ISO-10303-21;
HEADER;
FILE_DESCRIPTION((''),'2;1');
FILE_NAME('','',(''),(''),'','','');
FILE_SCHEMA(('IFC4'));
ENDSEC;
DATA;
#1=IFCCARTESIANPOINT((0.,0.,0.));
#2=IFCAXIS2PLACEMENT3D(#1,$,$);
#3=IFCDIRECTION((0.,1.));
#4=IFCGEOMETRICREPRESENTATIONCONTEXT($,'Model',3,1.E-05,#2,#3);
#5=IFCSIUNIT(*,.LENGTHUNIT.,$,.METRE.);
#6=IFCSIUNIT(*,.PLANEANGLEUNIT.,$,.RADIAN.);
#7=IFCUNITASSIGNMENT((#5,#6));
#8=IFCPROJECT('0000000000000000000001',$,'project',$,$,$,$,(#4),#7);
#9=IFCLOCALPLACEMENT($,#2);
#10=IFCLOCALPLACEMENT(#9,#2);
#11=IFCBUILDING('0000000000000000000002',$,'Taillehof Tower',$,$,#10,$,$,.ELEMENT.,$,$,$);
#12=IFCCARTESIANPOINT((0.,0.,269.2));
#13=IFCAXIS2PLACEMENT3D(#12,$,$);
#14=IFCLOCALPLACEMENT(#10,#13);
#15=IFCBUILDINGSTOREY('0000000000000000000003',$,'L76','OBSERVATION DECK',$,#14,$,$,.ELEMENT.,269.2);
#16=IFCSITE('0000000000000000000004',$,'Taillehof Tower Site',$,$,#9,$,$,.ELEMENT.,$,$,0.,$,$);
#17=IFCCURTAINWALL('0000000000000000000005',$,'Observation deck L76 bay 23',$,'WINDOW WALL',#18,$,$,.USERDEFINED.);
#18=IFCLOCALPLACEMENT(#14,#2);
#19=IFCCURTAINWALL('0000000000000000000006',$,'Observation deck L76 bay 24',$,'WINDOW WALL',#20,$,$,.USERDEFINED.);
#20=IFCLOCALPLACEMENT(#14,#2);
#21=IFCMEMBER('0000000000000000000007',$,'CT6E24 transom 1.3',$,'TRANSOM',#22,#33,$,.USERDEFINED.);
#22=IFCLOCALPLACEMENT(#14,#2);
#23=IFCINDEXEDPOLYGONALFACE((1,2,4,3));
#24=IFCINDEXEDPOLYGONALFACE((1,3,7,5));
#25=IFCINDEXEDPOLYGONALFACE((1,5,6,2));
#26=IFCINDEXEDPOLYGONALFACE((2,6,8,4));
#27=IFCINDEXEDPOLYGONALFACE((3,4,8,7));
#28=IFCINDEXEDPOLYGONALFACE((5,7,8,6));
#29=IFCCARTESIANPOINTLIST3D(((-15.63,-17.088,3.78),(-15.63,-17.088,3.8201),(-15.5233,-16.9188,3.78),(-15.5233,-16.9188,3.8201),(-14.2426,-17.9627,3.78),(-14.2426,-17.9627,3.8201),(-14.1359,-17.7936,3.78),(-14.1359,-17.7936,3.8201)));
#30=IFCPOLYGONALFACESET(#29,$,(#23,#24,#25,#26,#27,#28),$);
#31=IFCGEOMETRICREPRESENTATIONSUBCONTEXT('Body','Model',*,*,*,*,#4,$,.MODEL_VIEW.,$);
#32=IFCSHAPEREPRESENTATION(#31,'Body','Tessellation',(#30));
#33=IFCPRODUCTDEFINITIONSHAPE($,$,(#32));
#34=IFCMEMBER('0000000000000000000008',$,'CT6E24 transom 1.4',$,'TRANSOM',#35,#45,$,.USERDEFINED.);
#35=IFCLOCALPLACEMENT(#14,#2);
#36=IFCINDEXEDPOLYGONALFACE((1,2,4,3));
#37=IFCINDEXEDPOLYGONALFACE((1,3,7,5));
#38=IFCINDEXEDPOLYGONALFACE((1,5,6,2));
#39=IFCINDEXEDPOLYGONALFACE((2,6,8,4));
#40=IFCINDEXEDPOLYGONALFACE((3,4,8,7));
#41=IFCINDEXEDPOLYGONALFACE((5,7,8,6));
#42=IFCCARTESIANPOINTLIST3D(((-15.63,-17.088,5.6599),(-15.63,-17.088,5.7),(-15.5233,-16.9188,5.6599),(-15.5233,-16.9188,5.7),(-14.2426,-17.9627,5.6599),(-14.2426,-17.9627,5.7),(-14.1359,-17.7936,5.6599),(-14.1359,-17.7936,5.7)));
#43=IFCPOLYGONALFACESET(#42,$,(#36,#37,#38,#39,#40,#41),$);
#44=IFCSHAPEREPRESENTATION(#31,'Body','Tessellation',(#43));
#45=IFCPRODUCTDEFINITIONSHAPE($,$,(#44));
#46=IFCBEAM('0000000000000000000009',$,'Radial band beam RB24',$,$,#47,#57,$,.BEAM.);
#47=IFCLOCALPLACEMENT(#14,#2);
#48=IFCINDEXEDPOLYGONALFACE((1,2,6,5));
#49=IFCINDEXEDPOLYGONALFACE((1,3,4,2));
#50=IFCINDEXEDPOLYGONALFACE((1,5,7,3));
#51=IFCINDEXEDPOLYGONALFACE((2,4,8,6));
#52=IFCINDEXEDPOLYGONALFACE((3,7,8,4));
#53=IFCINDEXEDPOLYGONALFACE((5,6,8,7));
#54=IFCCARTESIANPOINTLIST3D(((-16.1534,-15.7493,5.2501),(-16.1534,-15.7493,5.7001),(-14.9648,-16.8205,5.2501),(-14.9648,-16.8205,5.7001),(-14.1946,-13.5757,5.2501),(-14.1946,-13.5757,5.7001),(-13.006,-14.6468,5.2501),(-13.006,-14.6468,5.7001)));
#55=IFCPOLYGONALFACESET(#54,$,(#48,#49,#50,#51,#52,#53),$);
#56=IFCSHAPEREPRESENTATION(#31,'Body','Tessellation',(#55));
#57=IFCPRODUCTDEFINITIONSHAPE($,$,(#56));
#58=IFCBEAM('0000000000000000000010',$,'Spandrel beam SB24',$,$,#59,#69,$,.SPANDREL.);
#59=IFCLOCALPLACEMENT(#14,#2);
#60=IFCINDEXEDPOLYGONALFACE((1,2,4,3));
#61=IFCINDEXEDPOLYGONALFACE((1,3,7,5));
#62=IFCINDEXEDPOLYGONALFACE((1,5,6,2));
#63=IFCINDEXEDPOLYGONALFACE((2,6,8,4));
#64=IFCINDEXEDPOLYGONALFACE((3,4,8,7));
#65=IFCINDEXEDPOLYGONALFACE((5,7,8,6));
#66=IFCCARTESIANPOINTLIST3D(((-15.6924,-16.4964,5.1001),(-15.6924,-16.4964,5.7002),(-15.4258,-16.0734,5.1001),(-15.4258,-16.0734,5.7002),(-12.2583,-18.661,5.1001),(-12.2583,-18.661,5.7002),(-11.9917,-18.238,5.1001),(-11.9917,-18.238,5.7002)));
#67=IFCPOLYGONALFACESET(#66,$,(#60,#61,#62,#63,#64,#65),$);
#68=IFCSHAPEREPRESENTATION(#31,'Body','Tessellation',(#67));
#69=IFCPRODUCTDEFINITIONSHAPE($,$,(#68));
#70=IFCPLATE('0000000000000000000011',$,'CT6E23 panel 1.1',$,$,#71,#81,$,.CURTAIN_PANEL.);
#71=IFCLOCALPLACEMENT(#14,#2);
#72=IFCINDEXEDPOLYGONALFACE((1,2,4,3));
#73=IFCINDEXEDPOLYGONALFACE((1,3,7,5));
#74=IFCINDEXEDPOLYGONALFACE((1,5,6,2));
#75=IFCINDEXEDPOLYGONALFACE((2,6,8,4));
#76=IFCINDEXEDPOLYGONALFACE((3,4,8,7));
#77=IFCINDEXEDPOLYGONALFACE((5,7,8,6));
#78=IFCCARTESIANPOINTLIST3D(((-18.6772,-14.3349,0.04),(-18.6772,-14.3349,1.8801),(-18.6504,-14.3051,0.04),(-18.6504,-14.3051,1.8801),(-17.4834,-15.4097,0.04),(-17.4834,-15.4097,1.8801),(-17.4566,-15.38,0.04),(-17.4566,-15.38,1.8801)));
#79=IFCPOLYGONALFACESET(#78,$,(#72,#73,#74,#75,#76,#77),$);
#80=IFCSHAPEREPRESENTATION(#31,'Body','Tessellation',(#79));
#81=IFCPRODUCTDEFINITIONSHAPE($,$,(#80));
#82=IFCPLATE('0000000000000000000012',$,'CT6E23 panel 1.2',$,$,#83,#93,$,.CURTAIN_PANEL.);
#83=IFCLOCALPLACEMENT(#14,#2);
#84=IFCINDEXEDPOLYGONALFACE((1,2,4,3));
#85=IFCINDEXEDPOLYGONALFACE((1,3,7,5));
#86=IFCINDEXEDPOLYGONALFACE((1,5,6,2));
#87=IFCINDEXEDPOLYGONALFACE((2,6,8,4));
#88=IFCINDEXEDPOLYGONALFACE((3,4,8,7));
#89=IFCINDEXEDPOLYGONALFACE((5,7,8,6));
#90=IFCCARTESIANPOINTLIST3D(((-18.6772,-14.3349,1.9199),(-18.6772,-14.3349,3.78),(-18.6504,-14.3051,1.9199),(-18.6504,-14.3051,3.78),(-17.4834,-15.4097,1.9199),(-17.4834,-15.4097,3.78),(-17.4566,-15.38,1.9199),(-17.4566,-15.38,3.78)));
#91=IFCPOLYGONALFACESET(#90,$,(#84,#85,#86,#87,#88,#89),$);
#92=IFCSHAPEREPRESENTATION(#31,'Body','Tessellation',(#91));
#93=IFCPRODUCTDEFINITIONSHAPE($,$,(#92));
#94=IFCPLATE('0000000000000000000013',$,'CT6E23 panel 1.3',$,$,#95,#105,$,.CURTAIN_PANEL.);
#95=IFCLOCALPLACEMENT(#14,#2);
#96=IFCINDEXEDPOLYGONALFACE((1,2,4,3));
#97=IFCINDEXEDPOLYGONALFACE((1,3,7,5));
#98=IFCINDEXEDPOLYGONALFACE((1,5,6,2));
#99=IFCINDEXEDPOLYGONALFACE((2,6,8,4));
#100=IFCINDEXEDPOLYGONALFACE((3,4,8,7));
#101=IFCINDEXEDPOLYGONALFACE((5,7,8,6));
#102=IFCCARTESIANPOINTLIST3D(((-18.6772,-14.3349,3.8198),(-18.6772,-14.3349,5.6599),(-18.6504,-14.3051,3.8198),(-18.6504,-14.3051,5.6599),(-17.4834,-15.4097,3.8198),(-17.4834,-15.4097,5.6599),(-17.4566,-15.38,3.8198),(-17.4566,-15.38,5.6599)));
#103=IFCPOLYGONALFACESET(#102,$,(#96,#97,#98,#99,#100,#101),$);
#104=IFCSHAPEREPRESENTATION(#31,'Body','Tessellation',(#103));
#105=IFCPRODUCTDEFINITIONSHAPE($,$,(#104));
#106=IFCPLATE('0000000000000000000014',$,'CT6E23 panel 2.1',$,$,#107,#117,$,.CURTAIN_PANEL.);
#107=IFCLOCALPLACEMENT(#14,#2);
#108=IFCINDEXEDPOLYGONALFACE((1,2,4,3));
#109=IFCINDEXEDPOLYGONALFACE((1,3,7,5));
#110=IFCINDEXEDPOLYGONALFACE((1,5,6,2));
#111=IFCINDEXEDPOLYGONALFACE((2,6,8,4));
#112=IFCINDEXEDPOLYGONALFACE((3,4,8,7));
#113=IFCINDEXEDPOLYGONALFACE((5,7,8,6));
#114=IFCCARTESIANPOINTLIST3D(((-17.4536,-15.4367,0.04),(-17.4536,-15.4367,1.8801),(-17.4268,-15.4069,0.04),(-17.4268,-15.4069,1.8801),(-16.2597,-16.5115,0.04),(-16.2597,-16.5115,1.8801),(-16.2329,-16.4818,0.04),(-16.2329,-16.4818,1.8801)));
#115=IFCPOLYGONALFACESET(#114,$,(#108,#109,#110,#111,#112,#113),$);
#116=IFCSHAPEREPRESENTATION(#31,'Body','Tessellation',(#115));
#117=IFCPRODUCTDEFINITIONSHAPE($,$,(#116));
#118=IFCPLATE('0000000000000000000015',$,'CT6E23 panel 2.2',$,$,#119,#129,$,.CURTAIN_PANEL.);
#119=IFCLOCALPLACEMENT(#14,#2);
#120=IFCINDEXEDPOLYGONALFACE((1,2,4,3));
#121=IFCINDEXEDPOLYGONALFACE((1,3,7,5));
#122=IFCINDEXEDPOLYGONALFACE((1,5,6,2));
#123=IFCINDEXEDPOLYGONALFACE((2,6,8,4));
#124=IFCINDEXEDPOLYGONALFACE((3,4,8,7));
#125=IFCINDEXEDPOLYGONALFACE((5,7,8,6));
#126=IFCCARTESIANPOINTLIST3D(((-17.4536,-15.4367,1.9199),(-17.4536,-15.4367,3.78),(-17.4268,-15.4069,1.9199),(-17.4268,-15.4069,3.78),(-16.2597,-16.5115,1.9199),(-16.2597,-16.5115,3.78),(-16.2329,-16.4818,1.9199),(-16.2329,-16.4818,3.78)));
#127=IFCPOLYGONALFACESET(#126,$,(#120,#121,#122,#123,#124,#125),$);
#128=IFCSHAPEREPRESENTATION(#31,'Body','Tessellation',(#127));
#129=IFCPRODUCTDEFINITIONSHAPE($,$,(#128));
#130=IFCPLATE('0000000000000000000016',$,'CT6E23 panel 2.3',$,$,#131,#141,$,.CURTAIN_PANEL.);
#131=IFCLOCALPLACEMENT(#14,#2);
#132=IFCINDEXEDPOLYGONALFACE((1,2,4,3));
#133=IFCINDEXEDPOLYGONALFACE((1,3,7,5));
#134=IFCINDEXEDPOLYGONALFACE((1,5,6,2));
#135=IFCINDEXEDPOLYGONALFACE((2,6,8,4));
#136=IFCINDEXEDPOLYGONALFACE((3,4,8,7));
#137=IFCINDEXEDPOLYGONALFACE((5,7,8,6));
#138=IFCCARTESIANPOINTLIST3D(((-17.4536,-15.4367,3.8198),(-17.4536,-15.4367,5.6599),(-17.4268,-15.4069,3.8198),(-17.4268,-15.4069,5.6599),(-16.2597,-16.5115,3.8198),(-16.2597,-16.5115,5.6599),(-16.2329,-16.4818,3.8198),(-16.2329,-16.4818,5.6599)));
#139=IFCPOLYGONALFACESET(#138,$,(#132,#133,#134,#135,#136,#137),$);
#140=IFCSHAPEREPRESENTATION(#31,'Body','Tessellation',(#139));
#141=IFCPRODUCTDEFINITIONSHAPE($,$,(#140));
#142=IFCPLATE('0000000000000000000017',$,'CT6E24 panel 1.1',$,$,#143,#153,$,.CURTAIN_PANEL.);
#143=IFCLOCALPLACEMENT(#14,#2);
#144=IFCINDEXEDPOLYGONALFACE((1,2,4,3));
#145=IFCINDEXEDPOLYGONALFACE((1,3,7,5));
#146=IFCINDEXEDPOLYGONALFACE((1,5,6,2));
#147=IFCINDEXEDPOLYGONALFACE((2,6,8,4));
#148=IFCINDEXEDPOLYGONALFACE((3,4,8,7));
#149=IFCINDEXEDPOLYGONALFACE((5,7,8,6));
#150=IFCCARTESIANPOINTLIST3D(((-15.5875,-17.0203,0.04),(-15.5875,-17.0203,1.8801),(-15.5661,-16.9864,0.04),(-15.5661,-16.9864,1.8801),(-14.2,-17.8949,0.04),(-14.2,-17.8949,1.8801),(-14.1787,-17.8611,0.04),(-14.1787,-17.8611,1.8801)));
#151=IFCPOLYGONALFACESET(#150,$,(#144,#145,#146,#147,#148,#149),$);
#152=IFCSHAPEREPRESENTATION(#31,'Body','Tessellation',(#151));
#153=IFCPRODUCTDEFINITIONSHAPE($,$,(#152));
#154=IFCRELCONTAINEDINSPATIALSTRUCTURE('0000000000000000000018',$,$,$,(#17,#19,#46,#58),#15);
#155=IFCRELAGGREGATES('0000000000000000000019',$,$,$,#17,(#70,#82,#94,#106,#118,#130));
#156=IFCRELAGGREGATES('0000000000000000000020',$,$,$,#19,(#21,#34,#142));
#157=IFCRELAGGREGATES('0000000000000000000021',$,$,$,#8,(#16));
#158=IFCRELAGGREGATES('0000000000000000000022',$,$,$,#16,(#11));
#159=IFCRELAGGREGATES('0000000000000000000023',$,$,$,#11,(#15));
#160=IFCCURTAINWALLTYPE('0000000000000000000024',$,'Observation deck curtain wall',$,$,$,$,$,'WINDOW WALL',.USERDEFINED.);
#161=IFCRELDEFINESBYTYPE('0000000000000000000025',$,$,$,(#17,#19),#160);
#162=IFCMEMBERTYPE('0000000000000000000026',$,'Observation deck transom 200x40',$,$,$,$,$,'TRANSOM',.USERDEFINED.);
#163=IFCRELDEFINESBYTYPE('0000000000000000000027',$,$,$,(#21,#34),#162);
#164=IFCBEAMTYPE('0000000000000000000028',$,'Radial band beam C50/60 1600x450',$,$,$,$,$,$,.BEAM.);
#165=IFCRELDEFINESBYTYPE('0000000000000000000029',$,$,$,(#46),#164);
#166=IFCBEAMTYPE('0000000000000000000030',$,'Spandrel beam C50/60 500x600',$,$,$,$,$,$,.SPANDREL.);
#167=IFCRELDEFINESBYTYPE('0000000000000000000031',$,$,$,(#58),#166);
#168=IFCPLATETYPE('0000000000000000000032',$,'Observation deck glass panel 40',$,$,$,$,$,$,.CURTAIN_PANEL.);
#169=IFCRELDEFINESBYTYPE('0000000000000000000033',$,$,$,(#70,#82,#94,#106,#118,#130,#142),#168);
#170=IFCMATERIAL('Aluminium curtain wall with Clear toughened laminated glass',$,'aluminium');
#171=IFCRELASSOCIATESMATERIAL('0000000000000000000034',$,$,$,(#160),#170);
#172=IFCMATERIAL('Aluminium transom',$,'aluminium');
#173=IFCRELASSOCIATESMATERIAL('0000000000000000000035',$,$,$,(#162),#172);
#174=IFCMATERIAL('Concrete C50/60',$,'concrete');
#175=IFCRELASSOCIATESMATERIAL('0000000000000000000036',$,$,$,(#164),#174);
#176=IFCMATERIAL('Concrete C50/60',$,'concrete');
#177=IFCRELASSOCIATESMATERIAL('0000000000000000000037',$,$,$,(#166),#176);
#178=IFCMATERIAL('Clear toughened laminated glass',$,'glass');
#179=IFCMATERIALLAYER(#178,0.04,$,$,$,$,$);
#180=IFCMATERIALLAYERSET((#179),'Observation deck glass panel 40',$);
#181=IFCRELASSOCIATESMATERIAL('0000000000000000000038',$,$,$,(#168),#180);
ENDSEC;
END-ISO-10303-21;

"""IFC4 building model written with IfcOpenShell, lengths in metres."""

from ifc_helpers import new_model, si_unit, direction, frame, origin, origin_2d, place, context, subcontext, project, spatial, rectangle, extrude, material, layer, layer_set, material_profile, profile_set, type_object, element, aggregate, save


model = new_model("IFC4")

# Units and contexts
model_context = context("Model", 3, precision=1e-05, world=origin(), true_north=direction((0.0, 1.0)))
body_context = subcontext(model_context, "Body", "Model", "MODEL_VIEW")
ifc_project = project(units=[si_unit("LENGTHUNIT", "METRE"), si_unit("PLANEANGLEUNIT", "RADIAN")], contexts=[model_context])

# Site, building, storey
site_placement = place(None, origin())
site = spatial("IfcSite", under=ifc_project, at=site_placement, Name="Taillehof Tower Site", CompositionType="ELEMENT", RefElevation=0.0)
building_placement = place(site_placement, origin())
building = spatial("IfcBuilding", under=site, at=building_placement, Name="Taillehof Tower", CompositionType="ELEMENT")
storey_placement = place(building_placement, frame((0.0, 0.0, 269.2)))
storey = spatial("IfcBuildingStorey", under=building, at=storey_placement, Name="L76", Description="OBSERVATION DECK", CompositionType="ELEMENT", Elevation=269.2)

# Curtain wall
ifc_material_1 = material(Name="Aluminium curtain wall with Clear toughened laminated glass", Category="aluminium")
curtain_wall_type = type_object("IfcCurtainWallType", Name="Observation deck curtain wall", ElementType="WINDOW WALL", PredefinedType="USERDEFINED", material=ifc_material_1)
curtain_wall_1_placement = place(storey_placement, origin())
curtain_wall_1 = element("IfcCurtainWall", 1, at=curtain_wall_1_placement, inside=storey, type_object=curtain_wall_type, Name="Observation deck L76 bay 23", ObjectType="WINDOW WALL", PredefinedType="USERDEFINED")

# Curtain wall
curtain_wall_2_placement = place(storey_placement, origin())
curtain_wall_2 = element("IfcCurtainWall", 2, at=curtain_wall_2_placement, inside=storey, type_object=curtain_wall_type, Name="Observation deck L76 bay 24", ObjectType="WINDOW WALL", PredefinedType="USERDEFINED")

# Members
ifc_material_2 = material(Name="Aluminium transom", Category="aluminium")
ifc_material_profile_1 = material_profile(ifc_material_2, rectangle(XDim=0.2, YDim=0.04, at=origin_2d()), Name="AL 200x40")
ifc_profile_set_1 = profile_set([ifc_material_profile_1], Name="Aluminium transom")
member_type_1 = type_object("IfcMemberType", Name="Observation deck transom 200x40", ElementType="TRANSOM", PredefinedType="USERDEFINED", material=ifc_profile_set_1)
member_1_placement = place(storey_placement, frame((-15.5767, -17.0034, 3.8), z_axis=(0.84591, -0.533326, 0.0), x_axis=(0.533326, 0.84591, 0.0)))
member_1 = element("IfcMember", 3, at=member_1_placement, type_object=member_type_1, Name="CT6E24 transom 1.3", ObjectType="TRANSOM", PredefinedType="USERDEFINED", context=body_context, shape_type="SweptSolid", body=[
    extrude(rectangle(XDim=0.2, YDim=0.04, at=origin_2d()), origin(), (0.0, 0.0, 1.0), 1.6401),
])
member_2_placement = place(storey_placement, frame((-15.5767, -17.0034, 5.6799), z_axis=(0.84591, -0.533326, 0.0), x_axis=(0.533326, 0.84591, 0.0)))
member_2 = element("IfcMember", 4, at=member_2_placement, type_object=member_type_1, Name="CT6E24 transom 1.4", ObjectType="TRANSOM", PredefinedType="USERDEFINED", context=body_context, shape_type="SweptSolid", body=[
    extrude(rectangle(XDim=0.2, YDim=0.04, at=origin_2d()), origin(), (0.0, 0.0, 1.0), 1.6401),
])

# Beams
ifc_material_3 = material(Name="Concrete C50/60", Category="concrete")
ifc_material_profile_2 = material_profile(ifc_material_3, rectangle(XDim=1.6001, YDim=0.45, at=origin_2d()), Name="RC 1600x450")
ifc_profile_set_2 = profile_set([ifc_material_profile_2], Name="Concrete C50/60")
beam_type_1 = type_object("IfcBeamType", Name="Radial band beam C50/60 1600x450", PredefinedType="BEAM", material=ifc_profile_set_2)
beam_1_placement = place(storey_placement, frame((-15.5591, -16.2849, 5.4751), z_axis=(0.669439, 0.742867, 0.0), x_axis=(-0.742867, 0.669439, 0.0)))
element("IfcBeam", 5, at=beam_1_placement, inside=storey, type_object=beam_type_1, Name="Radial band beam RB24", PredefinedType="BEAM", context=body_context, shape_type="SweptSolid", body=[
    extrude(rectangle(XDim=1.6001, YDim=0.45, at=origin_2d()), origin(), (0.0, 0.0, 1.0), 2.926),
])
ifc_material_4 = material(Name="Concrete C50/60", Category="concrete")
ifc_material_profile_3 = material_profile(ifc_material_4, rectangle(XDim=0.5, YDim=0.6001, at=origin_2d()), Name="RC 500x600")
ifc_profile_set_3 = profile_set([ifc_material_profile_3], Name="Concrete C50/60")
beam_type_2 = type_object("IfcBeamType", Name="Spandrel beam C50/60 500x600", PredefinedType="SPANDREL", material=ifc_profile_set_3)
beam_2_placement = place(storey_placement, frame((-15.5591, -16.2849, 5.4001), z_axis=(0.845972, -0.533228, 0.0), x_axis=(0.533228, 0.845972, 0.0)))
element("IfcBeam", 6, at=beam_2_placement, inside=storey, type_object=beam_type_2, Name="Spandrel beam SB24", PredefinedType="SPANDREL", context=body_context, shape_type="SweptSolid", body=[
    extrude(rectangle(XDim=0.5, YDim=0.6001, at=origin_2d()), origin(), (0.0, 0.0, 1.0), 4.0593),
])

# Plates
ifc_material_5 = material(Name="Clear toughened laminated glass", Category="glass")
ifc_layer = layer(ifc_material_5, 0.04)
ifc_layer_set = layer_set([ifc_layer], Name="Observation deck glass panel 40")
plate_type = type_object("IfcPlateType", Name="Observation deck glass panel 40", PredefinedType="CURTAIN_PANEL", material=ifc_layer_set)
plate_1_placement = place(storey_placement, frame((-18.0669, -14.8574, 0.04), z_axis=(0.0, 0.0, 1.0), x_axis=(0.743166, -0.669107, 0.0)))
plate_1 = element("IfcPlate", 7, at=plate_1_placement, type_object=plate_type, Name="CT6E23 panel 1.1", PredefinedType="CURTAIN_PANEL", context=body_context, shape_type="SweptSolid", body=[
    extrude(rectangle(XDim=1.6064, YDim=0.04, at=origin_2d()), origin(), (0.0, 0.0, 1.0), 1.8401),
])
plate_2_placement = place(storey_placement, frame((-18.0669, -14.8574, 1.9199), z_axis=(0.0, 0.0, 1.0), x_axis=(0.743166, -0.669107, 0.0)))
plate_2 = element("IfcPlate", 8, at=plate_2_placement, type_object=plate_type, Name="CT6E23 panel 1.2", PredefinedType="CURTAIN_PANEL", context=body_context, shape_type="SweptSolid", body=[
    extrude(rectangle(XDim=1.6064, YDim=0.04, at=origin_2d()), origin(), (0.0, 0.0, 1.0), 1.8601),
])
plate_3_placement = place(storey_placement, frame((-18.0669, -14.8574, 3.8198), z_axis=(0.0, 0.0, 1.0), x_axis=(0.743166, -0.669107, 0.0)))
plate_3 = element("IfcPlate", 9, at=plate_3_placement, type_object=plate_type, Name="CT6E23 panel 1.3", PredefinedType="CURTAIN_PANEL", context=body_context, shape_type="SweptSolid", body=[
    extrude(rectangle(XDim=1.6064, YDim=0.04, at=origin_2d()), origin(), (0.0, 0.0, 1.0), 1.8401),
])
plate_4_placement = place(storey_placement, frame((-16.8433, -15.9592, 0.04), z_axis=(0.0, 0.0, 1.0), x_axis=(0.743166, -0.669107, 0.0)))
plate_4 = element("IfcPlate", 10, at=plate_4_placement, type_object=plate_type, Name="CT6E23 panel 2.1", PredefinedType="CURTAIN_PANEL", context=body_context, shape_type="SweptSolid", body=[
    extrude(rectangle(XDim=1.6064, YDim=0.04, at=origin_2d()), origin(), (0.0, 0.0, 1.0), 1.8401),
])
plate_5_placement = place(storey_placement, frame((-16.8433, -15.9592, 1.9199), z_axis=(0.0, 0.0, 1.0), x_axis=(0.743166, -0.669107, 0.0)))
plate_5 = element("IfcPlate", 11, at=plate_5_placement, type_object=plate_type, Name="CT6E23 panel 2.2", PredefinedType="CURTAIN_PANEL", context=body_context, shape_type="SweptSolid", body=[
    extrude(rectangle(XDim=1.6064, YDim=0.04, at=origin_2d()), origin(), (0.0, 0.0, 1.0), 1.8601),
])
plate_6_placement = place(storey_placement, frame((-16.8433, -15.9592, 3.8198), z_axis=(0.0, 0.0, 1.0), x_axis=(0.743166, -0.669107, 0.0)))
plate_6 = element("IfcPlate", 12, at=plate_6_placement, type_object=plate_type, Name="CT6E23 panel 2.3", PredefinedType="CURTAIN_PANEL", context=body_context, shape_type="SweptSolid", body=[
    extrude(rectangle(XDim=1.6064, YDim=0.04, at=origin_2d()), origin(), (0.0, 0.0, 1.0), 1.8401),
])
aggregate(curtain_wall_1, [plate_1, plate_2, plate_3, plate_4, plate_5, plate_6])
plate_7_placement = place(storey_placement, frame((-14.8831, -17.4407, 0.04), z_axis=(0.0, 0.0, 1.0), x_axis=(0.84593, -0.533294, 0.0)))
plate_7 = element("IfcPlate", 13, at=plate_7_placement, type_object=plate_type, Name="CT6E24 panel 1.1", PredefinedType="CURTAIN_PANEL", context=body_context, shape_type="SweptSolid", body=[
    extrude(rectangle(XDim=1.6401, YDim=0.04, at=origin_2d()), origin(), (0.0, 0.0, 1.0), 1.8401),
])
aggregate(curtain_wall_2, [member_1, member_2, plate_7])

save(model, "model.ifc")
